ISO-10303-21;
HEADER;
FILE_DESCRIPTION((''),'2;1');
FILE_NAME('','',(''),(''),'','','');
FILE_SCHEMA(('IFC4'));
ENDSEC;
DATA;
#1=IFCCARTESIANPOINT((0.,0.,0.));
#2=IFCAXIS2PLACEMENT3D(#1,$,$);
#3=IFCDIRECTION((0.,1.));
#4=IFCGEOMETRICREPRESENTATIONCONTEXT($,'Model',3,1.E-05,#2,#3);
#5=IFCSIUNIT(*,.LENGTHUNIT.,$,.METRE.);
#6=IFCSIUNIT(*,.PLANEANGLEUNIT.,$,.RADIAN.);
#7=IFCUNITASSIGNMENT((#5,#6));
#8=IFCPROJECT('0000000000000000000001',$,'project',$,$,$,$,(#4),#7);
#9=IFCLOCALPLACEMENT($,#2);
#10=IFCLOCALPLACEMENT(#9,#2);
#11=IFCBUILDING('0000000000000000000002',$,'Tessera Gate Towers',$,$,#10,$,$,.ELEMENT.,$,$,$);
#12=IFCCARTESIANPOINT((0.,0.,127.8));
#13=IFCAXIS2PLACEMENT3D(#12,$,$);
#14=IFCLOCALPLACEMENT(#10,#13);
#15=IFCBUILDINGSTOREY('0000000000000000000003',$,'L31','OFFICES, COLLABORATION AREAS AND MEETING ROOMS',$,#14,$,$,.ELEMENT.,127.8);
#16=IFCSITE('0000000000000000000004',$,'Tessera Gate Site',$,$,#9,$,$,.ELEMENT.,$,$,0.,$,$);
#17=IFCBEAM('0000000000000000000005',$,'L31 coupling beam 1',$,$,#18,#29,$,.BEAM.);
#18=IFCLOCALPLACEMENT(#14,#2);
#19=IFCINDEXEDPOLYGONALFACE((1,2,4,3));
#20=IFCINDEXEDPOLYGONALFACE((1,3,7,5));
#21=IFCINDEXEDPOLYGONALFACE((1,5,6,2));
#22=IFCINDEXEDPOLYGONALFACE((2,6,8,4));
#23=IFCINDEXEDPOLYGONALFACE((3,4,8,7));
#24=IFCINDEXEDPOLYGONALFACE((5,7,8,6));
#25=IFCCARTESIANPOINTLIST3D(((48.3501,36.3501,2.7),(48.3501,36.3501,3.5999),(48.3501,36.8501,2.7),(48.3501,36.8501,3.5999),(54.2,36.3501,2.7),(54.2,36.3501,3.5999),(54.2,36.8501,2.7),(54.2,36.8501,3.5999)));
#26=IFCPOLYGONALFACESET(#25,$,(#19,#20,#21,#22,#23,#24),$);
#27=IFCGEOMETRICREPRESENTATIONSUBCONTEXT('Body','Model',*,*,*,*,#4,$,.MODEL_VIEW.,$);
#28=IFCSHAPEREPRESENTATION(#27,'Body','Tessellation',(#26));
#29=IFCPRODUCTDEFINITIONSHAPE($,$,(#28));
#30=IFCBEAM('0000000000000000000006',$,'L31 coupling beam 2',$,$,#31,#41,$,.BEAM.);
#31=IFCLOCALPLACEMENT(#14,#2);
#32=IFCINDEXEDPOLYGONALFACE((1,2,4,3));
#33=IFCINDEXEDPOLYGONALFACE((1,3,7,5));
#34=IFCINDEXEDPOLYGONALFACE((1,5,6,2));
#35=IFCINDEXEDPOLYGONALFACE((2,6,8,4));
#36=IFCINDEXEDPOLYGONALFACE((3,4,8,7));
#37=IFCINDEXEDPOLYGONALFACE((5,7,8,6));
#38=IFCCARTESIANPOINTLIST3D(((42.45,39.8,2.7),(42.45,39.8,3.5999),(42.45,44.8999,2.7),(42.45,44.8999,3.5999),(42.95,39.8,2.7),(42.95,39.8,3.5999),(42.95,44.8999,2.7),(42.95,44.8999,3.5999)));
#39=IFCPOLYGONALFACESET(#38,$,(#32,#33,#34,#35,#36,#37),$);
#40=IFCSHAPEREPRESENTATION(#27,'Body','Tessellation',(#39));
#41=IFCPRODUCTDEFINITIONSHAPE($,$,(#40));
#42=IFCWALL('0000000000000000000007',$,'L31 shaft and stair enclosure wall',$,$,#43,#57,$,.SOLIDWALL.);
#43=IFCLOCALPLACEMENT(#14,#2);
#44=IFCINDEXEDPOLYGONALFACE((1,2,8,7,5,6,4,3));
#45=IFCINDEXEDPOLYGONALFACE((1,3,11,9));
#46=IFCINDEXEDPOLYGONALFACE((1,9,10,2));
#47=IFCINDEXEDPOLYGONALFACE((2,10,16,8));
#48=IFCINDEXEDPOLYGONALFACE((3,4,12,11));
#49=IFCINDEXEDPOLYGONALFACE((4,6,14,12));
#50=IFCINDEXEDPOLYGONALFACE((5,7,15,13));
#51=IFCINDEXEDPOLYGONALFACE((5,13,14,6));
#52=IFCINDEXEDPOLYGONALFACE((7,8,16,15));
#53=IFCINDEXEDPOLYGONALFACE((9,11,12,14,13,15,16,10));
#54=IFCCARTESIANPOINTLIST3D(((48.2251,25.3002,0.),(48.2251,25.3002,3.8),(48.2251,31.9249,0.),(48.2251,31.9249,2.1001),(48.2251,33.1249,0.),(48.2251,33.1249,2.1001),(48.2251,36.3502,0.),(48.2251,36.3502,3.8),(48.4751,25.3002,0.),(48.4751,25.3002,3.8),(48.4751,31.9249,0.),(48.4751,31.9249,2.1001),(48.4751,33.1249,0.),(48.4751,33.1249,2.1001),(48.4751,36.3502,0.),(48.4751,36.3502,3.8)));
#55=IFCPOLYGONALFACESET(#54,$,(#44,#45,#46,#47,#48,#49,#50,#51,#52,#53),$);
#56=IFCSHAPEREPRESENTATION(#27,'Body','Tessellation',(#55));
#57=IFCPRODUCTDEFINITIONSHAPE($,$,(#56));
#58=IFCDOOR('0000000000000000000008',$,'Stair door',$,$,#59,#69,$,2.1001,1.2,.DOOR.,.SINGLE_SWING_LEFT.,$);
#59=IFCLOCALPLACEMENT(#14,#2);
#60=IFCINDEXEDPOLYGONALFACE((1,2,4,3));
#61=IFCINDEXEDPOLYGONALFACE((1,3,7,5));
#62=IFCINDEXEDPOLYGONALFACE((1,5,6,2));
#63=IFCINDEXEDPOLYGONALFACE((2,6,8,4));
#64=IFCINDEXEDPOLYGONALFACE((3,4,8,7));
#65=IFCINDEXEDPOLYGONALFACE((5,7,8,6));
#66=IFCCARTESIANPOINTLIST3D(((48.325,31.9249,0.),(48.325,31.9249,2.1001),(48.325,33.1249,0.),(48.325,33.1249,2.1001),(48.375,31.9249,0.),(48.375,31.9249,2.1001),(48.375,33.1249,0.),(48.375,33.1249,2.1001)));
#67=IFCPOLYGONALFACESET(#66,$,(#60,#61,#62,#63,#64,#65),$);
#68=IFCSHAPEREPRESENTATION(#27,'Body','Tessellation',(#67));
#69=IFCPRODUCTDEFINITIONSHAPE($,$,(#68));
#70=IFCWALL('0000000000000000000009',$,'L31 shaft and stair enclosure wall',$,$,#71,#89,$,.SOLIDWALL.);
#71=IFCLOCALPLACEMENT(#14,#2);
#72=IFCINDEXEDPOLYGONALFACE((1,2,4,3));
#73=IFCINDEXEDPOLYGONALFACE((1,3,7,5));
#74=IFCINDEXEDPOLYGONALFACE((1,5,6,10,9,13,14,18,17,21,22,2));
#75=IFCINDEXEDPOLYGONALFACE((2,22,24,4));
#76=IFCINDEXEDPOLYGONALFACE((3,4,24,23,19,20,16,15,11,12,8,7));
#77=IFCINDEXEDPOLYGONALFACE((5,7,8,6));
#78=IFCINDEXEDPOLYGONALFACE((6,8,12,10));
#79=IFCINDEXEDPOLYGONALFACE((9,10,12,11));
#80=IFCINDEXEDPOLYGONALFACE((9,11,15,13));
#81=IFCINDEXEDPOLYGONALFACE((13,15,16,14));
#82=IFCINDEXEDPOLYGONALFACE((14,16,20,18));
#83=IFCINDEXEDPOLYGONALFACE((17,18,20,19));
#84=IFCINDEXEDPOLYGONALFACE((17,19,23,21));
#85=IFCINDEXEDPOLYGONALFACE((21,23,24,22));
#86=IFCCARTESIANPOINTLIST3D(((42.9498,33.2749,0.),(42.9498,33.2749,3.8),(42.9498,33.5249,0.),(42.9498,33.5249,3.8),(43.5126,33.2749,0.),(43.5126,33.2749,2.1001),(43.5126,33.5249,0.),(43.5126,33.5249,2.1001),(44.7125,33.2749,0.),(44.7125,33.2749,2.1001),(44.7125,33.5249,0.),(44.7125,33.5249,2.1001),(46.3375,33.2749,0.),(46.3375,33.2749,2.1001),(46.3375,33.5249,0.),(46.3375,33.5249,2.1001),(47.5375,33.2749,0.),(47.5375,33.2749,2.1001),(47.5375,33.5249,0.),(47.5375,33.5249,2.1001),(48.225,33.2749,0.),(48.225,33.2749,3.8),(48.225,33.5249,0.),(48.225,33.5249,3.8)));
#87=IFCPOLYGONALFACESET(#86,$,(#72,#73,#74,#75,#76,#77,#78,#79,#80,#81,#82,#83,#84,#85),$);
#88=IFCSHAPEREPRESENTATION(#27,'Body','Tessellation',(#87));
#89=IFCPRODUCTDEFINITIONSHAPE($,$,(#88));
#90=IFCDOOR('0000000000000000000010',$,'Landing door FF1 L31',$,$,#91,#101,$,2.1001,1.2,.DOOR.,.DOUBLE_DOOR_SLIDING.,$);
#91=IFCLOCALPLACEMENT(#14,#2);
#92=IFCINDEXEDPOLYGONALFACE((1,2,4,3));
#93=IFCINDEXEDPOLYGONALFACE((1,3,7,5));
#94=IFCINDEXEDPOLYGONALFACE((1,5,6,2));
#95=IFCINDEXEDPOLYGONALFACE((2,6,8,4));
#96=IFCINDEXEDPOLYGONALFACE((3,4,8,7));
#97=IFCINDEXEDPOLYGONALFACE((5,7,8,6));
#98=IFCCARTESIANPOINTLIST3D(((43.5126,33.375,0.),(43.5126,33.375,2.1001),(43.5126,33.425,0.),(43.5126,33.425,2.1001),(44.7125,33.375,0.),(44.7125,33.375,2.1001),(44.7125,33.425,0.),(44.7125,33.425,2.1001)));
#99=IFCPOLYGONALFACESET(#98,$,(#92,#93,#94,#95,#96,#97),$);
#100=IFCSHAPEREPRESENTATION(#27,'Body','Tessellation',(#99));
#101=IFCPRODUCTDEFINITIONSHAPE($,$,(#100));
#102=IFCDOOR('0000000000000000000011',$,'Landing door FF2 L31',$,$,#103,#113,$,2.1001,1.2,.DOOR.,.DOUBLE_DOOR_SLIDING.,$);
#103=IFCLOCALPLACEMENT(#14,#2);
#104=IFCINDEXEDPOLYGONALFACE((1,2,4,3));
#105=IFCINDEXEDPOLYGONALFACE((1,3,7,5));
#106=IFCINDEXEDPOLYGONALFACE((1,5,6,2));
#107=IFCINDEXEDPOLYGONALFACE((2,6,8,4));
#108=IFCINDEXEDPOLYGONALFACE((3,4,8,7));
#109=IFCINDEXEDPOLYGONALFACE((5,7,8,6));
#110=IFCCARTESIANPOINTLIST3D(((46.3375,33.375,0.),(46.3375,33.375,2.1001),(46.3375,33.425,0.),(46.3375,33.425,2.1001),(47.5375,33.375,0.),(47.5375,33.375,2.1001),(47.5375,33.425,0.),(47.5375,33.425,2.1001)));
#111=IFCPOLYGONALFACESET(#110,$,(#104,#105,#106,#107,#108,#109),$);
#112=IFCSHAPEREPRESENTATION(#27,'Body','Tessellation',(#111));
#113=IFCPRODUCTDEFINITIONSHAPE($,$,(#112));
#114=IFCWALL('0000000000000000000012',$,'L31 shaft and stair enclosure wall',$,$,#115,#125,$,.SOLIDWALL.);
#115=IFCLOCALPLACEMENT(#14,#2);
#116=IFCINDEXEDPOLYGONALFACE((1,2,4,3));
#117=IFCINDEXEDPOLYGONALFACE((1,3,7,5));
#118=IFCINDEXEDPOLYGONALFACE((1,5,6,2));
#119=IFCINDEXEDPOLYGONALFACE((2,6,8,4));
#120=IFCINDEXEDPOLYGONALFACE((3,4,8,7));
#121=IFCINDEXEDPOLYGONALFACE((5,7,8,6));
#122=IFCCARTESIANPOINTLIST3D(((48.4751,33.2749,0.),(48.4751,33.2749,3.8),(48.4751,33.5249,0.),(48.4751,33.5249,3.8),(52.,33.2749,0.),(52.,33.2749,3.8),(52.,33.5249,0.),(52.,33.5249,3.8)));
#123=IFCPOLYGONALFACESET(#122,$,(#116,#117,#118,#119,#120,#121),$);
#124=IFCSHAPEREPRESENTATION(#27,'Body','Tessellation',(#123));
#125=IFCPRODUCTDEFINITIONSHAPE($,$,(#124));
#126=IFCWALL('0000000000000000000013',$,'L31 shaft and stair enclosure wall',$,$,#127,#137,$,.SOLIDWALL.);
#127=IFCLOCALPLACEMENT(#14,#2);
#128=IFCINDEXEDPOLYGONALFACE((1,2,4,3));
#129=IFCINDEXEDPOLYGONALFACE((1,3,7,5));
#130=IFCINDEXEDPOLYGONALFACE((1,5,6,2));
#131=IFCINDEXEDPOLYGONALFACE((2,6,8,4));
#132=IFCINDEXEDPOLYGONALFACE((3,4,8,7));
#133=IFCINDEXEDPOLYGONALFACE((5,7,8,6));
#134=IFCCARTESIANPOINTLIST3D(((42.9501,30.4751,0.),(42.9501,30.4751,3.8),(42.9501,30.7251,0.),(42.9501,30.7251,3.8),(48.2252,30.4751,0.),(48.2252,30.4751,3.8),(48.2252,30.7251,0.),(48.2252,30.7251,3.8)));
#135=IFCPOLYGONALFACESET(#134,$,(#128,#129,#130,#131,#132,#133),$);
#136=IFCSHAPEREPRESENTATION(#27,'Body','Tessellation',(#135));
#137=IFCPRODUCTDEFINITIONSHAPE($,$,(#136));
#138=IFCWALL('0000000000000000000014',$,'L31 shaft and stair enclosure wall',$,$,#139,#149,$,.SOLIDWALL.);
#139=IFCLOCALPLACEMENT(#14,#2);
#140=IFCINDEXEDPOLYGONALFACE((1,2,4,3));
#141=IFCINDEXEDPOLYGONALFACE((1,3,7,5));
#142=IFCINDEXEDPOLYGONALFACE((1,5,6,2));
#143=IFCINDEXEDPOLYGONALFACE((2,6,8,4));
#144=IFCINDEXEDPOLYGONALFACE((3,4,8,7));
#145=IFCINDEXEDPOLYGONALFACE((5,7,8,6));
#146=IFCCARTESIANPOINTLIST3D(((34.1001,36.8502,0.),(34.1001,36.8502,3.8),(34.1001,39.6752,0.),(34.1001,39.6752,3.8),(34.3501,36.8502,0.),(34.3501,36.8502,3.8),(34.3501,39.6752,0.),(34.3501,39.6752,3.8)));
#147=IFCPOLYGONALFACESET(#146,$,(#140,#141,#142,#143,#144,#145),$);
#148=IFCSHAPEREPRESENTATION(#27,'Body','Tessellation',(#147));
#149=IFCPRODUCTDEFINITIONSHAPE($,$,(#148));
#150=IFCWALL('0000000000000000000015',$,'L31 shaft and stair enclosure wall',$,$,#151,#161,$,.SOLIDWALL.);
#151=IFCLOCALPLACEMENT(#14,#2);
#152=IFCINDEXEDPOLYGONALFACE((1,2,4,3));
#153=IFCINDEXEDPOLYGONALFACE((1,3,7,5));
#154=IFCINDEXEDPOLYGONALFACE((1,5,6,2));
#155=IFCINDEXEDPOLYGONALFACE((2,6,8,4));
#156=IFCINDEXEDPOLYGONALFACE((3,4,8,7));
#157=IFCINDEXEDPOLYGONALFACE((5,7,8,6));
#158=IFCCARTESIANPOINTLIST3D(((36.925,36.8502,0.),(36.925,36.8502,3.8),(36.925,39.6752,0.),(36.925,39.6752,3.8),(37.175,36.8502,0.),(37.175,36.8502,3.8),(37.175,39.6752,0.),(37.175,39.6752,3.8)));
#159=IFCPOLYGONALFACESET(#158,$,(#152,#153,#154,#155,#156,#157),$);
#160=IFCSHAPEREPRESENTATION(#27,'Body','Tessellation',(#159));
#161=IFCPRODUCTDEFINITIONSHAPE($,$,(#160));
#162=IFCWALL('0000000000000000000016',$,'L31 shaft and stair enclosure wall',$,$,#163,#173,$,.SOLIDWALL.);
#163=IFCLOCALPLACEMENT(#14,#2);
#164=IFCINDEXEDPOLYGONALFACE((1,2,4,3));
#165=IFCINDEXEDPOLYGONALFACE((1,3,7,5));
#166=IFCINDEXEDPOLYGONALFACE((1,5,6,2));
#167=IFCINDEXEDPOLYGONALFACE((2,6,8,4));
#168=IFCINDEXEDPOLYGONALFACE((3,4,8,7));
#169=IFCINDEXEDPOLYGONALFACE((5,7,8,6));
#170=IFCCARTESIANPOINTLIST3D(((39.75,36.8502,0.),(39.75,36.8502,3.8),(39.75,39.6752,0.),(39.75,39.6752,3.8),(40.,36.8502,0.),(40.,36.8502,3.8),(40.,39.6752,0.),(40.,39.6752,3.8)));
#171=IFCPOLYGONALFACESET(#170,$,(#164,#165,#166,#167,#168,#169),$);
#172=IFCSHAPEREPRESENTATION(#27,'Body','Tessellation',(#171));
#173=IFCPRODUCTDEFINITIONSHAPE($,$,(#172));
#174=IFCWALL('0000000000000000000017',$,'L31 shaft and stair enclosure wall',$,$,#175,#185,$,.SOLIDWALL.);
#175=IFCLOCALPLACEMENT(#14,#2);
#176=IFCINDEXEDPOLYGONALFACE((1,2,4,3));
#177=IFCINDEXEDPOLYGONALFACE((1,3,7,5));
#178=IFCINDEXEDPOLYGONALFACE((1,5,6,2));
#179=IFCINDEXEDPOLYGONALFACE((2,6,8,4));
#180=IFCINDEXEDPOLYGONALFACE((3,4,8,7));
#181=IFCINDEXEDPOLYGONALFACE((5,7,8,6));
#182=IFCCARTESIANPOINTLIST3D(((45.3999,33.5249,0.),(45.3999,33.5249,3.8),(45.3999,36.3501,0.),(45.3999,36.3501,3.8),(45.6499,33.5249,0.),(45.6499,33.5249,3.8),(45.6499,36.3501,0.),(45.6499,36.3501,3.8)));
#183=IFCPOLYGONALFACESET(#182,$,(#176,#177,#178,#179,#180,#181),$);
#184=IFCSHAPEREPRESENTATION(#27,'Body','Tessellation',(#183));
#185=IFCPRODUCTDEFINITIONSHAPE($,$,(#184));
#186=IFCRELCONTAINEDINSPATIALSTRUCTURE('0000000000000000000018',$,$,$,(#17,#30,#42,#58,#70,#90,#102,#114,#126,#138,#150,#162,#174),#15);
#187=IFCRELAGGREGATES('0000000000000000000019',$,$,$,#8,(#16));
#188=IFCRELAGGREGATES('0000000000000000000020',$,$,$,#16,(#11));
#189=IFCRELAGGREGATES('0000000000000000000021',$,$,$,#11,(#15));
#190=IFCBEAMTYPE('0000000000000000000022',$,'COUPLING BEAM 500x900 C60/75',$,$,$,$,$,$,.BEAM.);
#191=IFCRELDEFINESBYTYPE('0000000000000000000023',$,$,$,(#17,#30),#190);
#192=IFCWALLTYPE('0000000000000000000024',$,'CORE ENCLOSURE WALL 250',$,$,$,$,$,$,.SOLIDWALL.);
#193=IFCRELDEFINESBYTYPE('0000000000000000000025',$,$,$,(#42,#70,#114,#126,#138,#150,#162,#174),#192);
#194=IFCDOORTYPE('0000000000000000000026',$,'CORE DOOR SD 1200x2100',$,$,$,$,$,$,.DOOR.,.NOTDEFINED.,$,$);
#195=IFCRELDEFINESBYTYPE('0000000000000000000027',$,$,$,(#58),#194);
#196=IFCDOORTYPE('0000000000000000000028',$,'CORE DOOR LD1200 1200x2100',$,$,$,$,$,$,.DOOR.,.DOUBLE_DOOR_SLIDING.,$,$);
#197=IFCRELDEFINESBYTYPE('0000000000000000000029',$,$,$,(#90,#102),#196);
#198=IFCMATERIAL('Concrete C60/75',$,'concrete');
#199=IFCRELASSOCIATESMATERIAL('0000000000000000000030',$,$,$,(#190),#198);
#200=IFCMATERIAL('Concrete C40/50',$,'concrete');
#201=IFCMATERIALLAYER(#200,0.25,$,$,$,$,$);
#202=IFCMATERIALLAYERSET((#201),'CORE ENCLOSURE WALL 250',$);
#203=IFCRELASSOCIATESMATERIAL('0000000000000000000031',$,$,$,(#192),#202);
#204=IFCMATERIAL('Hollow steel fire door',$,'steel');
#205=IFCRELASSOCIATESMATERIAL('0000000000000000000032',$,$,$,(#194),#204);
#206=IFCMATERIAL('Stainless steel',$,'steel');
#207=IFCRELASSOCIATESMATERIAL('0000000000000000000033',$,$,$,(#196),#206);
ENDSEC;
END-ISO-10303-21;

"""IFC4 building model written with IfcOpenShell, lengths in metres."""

from ifc_helpers import new_model, si_unit, direction, frame, frame_2d, origin, origin_2d, place, context, subcontext, project, spatial, rectangle, extrude, source, transform, mapped, material, layer, layer_set, material_profile, profile_set, type_object, element, fill, save


model = new_model("IFC4")

# Units and contexts
model_context = context("Model", 3, precision=1e-05, world=origin(), true_north=direction((0.0, 1.0)))
body_context = subcontext(model_context, "Body", "Model", "MODEL_VIEW")
ifc_project = project(units=[si_unit("LENGTHUNIT", "METRE"), si_unit("PLANEANGLEUNIT", "RADIAN")], contexts=[model_context])

# Site, building, storey
site_placement = place(None, origin())
site = spatial("IfcSite", under=ifc_project, at=site_placement, Name="Tessera Gate Site", CompositionType="ELEMENT", RefElevation=0.0)
building_placement = place(site_placement, origin())
building = spatial("IfcBuilding", under=site, at=building_placement, Name="Tessera Gate Towers", CompositionType="ELEMENT")
storey_placement = place(building_placement, frame((0.0, 0.0, 127.8)))
storey = spatial("IfcBuildingStorey", under=building, at=storey_placement, Name="L31", Description="OFFICES, COLLABORATION AREAS AND MEETING ROOMS", CompositionType="ELEMENT", Elevation=127.8)

# Beams
ifc_material_1 = material(Name="Concrete C60/75", Category="concrete")
ifc_material_profile = material_profile(ifc_material_1, rectangle(XDim=0.5, YDim=0.8999, at=origin_2d()), Name="RC 500x900")
ifc_profile_set = profile_set([ifc_material_profile], Name="Concrete C60/75")
beam_type = type_object("IfcBeamType", Name="COUPLING BEAM 500x900 C60/75", PredefinedType="BEAM", material=ifc_profile_set)
beam_1_placement = place(storey_placement, frame((48.3501, 36.6001, 3.1499), z_axis=(1.0, 0.0, 0.0), x_axis=(0.0, 1.0, 0.0)))
element("IfcBeam", 1, at=beam_1_placement, inside=storey, type_object=beam_type, Name="L31 coupling beam 1", PredefinedType="BEAM", context=body_context, shape_type="SweptSolid", body=[
    extrude(rectangle(XDim=0.5, YDim=0.8999, at=origin_2d()), origin(), (0.0, 0.0, 1.0), 5.8499),
])
beam_2_placement = place(storey_placement, frame((42.7, 39.8, 3.1499), z_axis=(0.0, 1.0, 0.0), x_axis=(-1.0, 0.0, 0.0)))
element("IfcBeam", 2, at=beam_2_placement, inside=storey, type_object=beam_type, Name="L31 coupling beam 2", PredefinedType="BEAM", context=body_context, shape_type="SweptSolid", body=[
    extrude(rectangle(XDim=0.5, YDim=0.8999, at=origin_2d()), origin(), (0.0, 0.0, 1.0), 5.0999),
])

# Wall, opening, door
ifc_material_2 = material(Name="Concrete C40/50", Category="concrete")
ifc_layer_1 = layer(ifc_material_2, 0.25)
ifc_layer_set_1 = layer_set([ifc_layer_1], Name="CORE ENCLOSURE WALL 250")
wall_type_1 = type_object("IfcWallType", Name="CORE ENCLOSURE WALL 250", PredefinedType="SOLIDWALL", material=ifc_layer_set_1)
wall_1_placement = place(storey_placement, frame((48.3501, 36.3501, 0.0), z_axis=(0.0, 0.0, 1.0), x_axis=(0.0, -1.0, 0.0)))
wall_1 = element("IfcWall", 3, at=wall_1_placement, inside=storey, type_object=wall_type_1, Name="L31 shaft and stair enclosure wall", PredefinedType="SOLIDWALL", context=body_context, shape_type="SweptSolid", body=[
    extrude(rectangle(XDim=11.05, YDim=0.25, at=frame_2d((5.5249, 0.0))), origin(), (0.0, 0.0, 1.0), 3.8),
])
shared_shape_1 = source(origin(), body_context, "Body", "SweptSolid", [
    extrude(rectangle(XDim=1.2, YDim=2.1001, at=frame_2d((0.6001, 1.05))), frame((0.0, 0.135, 0.0), z_axis=(0.0, -1.0, 0.0), x_axis=(1.0, 0.0, 0.0)), (0.0, 0.0, 1.0), 0.27),
])
opening_1_placement = place(wall_1_placement, frame((3.2251, 0.0, 0.0)))
opening_1 = element("IfcOpeningElement", 4, at=opening_1_placement, cuts=wall_1, PredefinedType="OPENING", context=body_context, shape_type="MappedRepresentation", body=[
    mapped(shared_shape_1, transform((0.0, 0.0, 0.0), scale=1.0)),
])
ifc_material_3 = material(Name="Hollow steel fire door", Category="steel")
door_type_1 = type_object("IfcDoorType", Name="CORE DOOR SD 1200x2100", OperationType="NOTDEFINED", PredefinedType="DOOR", material=ifc_material_3)
shared_shape_2 = source(origin(), body_context, "Body", "SweptSolid", [
    extrude(rectangle(XDim=1.2, YDim=2.1001, at=frame_2d((0.6001, 1.05))), frame((0.0, 0.0249, 0.0), z_axis=(0.0, -1.0, 0.0), x_axis=(1.0, 0.0, 0.0)), (0.0, 0.0, 1.0), 0.05),
])
door_1_placement = place(opening_1_placement, origin())
door_1 = element("IfcDoor", 5, at=door_1_placement, inside=storey, type_object=door_type_1, Name="Stair door", OperationType="SINGLE_SWING_LEFT", OverallHeight=2.1001, OverallWidth=1.2, PredefinedType="DOOR", context=body_context, shape_type="MappedRepresentation", body=[
    mapped(shared_shape_2, transform((0.0, 0.0, 0.0), scale=1.0)),
])
fill(opening_1, door_1)

# Wall, openings, doors
wall_2_placement = place(storey_placement, frame((48.2251, 33.3999, 0.0), z_axis=(0.0, 0.0, 1.0), x_axis=(-1.0, 0.0, 0.0)))
wall_2 = element("IfcWall", 6, at=wall_2_placement, inside=storey, type_object=wall_type_1, Name="L31 shaft and stair enclosure wall", PredefinedType="SOLIDWALL", context=body_context, shape_type="SweptSolid", body=[
    extrude(rectangle(XDim=5.2751, YDim=0.25, at=frame_2d((2.6377, 0.0))), origin(), (0.0, 0.0, 1.0), 3.8),
])
opening_2_placement = place(wall_2_placement, frame((3.5125, 0.0, 0.0)))
opening_2 = element("IfcOpeningElement", 7, at=opening_2_placement, cuts=wall_2, PredefinedType="OPENING", context=body_context, shape_type="MappedRepresentation", body=[
    mapped(shared_shape_1, transform((0.0, 0.0, 0.0), scale=1.0)),
])
opening_3_placement = place(wall_2_placement, frame((0.6875, 0.0, 0.0)))
opening_3 = element("IfcOpeningElement", 8, at=opening_3_placement, cuts=wall_2, PredefinedType="OPENING", context=body_context, shape_type="MappedRepresentation", body=[
    mapped(shared_shape_1, transform((0.0, 0.0, 0.0), scale=1.0)),
])
ifc_material_4 = material(Name="Stainless steel", Category="steel")
door_type_2 = type_object("IfcDoorType", Name="CORE DOOR LD1200 1200x2100", OperationType="DOUBLE_DOOR_SLIDING", PredefinedType="DOOR", material=ifc_material_4)
door_2_placement = place(opening_2_placement, origin())
door_2 = element("IfcDoor", 9, at=door_2_placement, inside=storey, type_object=door_type_2, Name="Landing door FF1 L31", OperationType="DOUBLE_DOOR_SLIDING", OverallHeight=2.1001, OverallWidth=1.2, PredefinedType="DOOR", context=body_context, shape_type="MappedRepresentation", body=[
    mapped(shared_shape_2, transform((0.0, 0.0, 0.0), scale=1.0)),
])
fill(opening_2, door_2)
door_3_placement = place(opening_3_placement, origin())
door_3 = element("IfcDoor", 10, at=door_3_placement, inside=storey, type_object=door_type_2, Name="Landing door FF2 L31", OperationType="DOUBLE_DOOR_SLIDING", OverallHeight=2.1001, OverallWidth=1.2, PredefinedType="DOOR", context=body_context, shape_type="MappedRepresentation", body=[
    mapped(shared_shape_2, transform((0.0, 0.0, 0.0), scale=1.0)),
])
fill(opening_3, door_3)

# Walls
wall_3_placement = place(storey_placement, frame((48.4751, 33.3999, 0.0), z_axis=(0.0, 0.0, 1.0), x_axis=(1.0, 0.0, 0.0)))
element("IfcWall", 11, at=wall_3_placement, inside=storey, type_object=wall_type_1, Name="L31 shaft and stair enclosure wall", PredefinedType="SOLIDWALL", context=body_context, shape_type="SweptSolid", body=[
    extrude(rectangle(XDim=3.5249, YDim=0.25, at=frame_2d((1.7625, 0.0))), origin(), (0.0, 0.0, 1.0), 3.8),
])
wall_4_placement = place(storey_placement, frame((42.95, 30.6001, 0.0), z_axis=(0.0, 0.0, 1.0), x_axis=(1.0, 0.0, 0.0)))
element("IfcWall", 12, at=wall_4_placement, inside=storey, type_object=wall_type_1, Name="L31 shaft and stair enclosure wall", PredefinedType="SOLIDWALL", context=body_context, shape_type="SweptSolid", body=[
    extrude(rectangle(XDim=5.2751, YDim=0.25, at=frame_2d((2.6377, 0.0))), origin(), (0.0, 0.0, 1.0), 3.8),
])
for number, where, z_axis, x_axis, name in (
    (13, (34.2251, 36.8501, 0.0), (0.0, 0.0, 1.0), (0.0, 1.0, 0.0), "L31 shaft and stair enclosure wall"),
    (14, (37.05, 36.8501, 0.0), (0.0, 0.0, 1.0), (0.0, 1.0, 0.0), "L31 shaft and stair enclosure wall"),
    (15, (39.875, 36.8501, 0.0), (0.0, 0.0, 1.0), (0.0, 1.0, 0.0), "L31 shaft and stair enclosure wall"),
):
    element("IfcWall", number, at=place(storey_placement, frame(where, z_axis=z_axis, x_axis=x_axis)), inside=storey, type_object=wall_type_1, Name=name, PredefinedType="SOLIDWALL", context=body_context, shape_type="SweptSolid", body=[
        extrude(rectangle(XDim=2.825, YDim=0.25, at=frame_2d((1.4126, 0.0))), origin(), (0.0, 0.0, 1.0), 3.8),
    ])
wall_5_placement = place(storey_placement, frame((45.5249, 33.5249, 0.0), z_axis=(0.0, 0.0, 1.0), x_axis=(0.0, 1.0, 0.0)))
element("IfcWall", 16, at=wall_5_placement, inside=storey, type_object=wall_type_1, Name="L31 shaft and stair enclosure wall", PredefinedType="SOLIDWALL", context=body_context, shape_type="SweptSolid", body=[
    extrude(rectangle(XDim=2.8252, YDim=0.25, at=frame_2d((1.4126, 0.0))), origin(), (0.0, 0.0, 1.0), 3.8),
])

save(model, "model.ifc")
